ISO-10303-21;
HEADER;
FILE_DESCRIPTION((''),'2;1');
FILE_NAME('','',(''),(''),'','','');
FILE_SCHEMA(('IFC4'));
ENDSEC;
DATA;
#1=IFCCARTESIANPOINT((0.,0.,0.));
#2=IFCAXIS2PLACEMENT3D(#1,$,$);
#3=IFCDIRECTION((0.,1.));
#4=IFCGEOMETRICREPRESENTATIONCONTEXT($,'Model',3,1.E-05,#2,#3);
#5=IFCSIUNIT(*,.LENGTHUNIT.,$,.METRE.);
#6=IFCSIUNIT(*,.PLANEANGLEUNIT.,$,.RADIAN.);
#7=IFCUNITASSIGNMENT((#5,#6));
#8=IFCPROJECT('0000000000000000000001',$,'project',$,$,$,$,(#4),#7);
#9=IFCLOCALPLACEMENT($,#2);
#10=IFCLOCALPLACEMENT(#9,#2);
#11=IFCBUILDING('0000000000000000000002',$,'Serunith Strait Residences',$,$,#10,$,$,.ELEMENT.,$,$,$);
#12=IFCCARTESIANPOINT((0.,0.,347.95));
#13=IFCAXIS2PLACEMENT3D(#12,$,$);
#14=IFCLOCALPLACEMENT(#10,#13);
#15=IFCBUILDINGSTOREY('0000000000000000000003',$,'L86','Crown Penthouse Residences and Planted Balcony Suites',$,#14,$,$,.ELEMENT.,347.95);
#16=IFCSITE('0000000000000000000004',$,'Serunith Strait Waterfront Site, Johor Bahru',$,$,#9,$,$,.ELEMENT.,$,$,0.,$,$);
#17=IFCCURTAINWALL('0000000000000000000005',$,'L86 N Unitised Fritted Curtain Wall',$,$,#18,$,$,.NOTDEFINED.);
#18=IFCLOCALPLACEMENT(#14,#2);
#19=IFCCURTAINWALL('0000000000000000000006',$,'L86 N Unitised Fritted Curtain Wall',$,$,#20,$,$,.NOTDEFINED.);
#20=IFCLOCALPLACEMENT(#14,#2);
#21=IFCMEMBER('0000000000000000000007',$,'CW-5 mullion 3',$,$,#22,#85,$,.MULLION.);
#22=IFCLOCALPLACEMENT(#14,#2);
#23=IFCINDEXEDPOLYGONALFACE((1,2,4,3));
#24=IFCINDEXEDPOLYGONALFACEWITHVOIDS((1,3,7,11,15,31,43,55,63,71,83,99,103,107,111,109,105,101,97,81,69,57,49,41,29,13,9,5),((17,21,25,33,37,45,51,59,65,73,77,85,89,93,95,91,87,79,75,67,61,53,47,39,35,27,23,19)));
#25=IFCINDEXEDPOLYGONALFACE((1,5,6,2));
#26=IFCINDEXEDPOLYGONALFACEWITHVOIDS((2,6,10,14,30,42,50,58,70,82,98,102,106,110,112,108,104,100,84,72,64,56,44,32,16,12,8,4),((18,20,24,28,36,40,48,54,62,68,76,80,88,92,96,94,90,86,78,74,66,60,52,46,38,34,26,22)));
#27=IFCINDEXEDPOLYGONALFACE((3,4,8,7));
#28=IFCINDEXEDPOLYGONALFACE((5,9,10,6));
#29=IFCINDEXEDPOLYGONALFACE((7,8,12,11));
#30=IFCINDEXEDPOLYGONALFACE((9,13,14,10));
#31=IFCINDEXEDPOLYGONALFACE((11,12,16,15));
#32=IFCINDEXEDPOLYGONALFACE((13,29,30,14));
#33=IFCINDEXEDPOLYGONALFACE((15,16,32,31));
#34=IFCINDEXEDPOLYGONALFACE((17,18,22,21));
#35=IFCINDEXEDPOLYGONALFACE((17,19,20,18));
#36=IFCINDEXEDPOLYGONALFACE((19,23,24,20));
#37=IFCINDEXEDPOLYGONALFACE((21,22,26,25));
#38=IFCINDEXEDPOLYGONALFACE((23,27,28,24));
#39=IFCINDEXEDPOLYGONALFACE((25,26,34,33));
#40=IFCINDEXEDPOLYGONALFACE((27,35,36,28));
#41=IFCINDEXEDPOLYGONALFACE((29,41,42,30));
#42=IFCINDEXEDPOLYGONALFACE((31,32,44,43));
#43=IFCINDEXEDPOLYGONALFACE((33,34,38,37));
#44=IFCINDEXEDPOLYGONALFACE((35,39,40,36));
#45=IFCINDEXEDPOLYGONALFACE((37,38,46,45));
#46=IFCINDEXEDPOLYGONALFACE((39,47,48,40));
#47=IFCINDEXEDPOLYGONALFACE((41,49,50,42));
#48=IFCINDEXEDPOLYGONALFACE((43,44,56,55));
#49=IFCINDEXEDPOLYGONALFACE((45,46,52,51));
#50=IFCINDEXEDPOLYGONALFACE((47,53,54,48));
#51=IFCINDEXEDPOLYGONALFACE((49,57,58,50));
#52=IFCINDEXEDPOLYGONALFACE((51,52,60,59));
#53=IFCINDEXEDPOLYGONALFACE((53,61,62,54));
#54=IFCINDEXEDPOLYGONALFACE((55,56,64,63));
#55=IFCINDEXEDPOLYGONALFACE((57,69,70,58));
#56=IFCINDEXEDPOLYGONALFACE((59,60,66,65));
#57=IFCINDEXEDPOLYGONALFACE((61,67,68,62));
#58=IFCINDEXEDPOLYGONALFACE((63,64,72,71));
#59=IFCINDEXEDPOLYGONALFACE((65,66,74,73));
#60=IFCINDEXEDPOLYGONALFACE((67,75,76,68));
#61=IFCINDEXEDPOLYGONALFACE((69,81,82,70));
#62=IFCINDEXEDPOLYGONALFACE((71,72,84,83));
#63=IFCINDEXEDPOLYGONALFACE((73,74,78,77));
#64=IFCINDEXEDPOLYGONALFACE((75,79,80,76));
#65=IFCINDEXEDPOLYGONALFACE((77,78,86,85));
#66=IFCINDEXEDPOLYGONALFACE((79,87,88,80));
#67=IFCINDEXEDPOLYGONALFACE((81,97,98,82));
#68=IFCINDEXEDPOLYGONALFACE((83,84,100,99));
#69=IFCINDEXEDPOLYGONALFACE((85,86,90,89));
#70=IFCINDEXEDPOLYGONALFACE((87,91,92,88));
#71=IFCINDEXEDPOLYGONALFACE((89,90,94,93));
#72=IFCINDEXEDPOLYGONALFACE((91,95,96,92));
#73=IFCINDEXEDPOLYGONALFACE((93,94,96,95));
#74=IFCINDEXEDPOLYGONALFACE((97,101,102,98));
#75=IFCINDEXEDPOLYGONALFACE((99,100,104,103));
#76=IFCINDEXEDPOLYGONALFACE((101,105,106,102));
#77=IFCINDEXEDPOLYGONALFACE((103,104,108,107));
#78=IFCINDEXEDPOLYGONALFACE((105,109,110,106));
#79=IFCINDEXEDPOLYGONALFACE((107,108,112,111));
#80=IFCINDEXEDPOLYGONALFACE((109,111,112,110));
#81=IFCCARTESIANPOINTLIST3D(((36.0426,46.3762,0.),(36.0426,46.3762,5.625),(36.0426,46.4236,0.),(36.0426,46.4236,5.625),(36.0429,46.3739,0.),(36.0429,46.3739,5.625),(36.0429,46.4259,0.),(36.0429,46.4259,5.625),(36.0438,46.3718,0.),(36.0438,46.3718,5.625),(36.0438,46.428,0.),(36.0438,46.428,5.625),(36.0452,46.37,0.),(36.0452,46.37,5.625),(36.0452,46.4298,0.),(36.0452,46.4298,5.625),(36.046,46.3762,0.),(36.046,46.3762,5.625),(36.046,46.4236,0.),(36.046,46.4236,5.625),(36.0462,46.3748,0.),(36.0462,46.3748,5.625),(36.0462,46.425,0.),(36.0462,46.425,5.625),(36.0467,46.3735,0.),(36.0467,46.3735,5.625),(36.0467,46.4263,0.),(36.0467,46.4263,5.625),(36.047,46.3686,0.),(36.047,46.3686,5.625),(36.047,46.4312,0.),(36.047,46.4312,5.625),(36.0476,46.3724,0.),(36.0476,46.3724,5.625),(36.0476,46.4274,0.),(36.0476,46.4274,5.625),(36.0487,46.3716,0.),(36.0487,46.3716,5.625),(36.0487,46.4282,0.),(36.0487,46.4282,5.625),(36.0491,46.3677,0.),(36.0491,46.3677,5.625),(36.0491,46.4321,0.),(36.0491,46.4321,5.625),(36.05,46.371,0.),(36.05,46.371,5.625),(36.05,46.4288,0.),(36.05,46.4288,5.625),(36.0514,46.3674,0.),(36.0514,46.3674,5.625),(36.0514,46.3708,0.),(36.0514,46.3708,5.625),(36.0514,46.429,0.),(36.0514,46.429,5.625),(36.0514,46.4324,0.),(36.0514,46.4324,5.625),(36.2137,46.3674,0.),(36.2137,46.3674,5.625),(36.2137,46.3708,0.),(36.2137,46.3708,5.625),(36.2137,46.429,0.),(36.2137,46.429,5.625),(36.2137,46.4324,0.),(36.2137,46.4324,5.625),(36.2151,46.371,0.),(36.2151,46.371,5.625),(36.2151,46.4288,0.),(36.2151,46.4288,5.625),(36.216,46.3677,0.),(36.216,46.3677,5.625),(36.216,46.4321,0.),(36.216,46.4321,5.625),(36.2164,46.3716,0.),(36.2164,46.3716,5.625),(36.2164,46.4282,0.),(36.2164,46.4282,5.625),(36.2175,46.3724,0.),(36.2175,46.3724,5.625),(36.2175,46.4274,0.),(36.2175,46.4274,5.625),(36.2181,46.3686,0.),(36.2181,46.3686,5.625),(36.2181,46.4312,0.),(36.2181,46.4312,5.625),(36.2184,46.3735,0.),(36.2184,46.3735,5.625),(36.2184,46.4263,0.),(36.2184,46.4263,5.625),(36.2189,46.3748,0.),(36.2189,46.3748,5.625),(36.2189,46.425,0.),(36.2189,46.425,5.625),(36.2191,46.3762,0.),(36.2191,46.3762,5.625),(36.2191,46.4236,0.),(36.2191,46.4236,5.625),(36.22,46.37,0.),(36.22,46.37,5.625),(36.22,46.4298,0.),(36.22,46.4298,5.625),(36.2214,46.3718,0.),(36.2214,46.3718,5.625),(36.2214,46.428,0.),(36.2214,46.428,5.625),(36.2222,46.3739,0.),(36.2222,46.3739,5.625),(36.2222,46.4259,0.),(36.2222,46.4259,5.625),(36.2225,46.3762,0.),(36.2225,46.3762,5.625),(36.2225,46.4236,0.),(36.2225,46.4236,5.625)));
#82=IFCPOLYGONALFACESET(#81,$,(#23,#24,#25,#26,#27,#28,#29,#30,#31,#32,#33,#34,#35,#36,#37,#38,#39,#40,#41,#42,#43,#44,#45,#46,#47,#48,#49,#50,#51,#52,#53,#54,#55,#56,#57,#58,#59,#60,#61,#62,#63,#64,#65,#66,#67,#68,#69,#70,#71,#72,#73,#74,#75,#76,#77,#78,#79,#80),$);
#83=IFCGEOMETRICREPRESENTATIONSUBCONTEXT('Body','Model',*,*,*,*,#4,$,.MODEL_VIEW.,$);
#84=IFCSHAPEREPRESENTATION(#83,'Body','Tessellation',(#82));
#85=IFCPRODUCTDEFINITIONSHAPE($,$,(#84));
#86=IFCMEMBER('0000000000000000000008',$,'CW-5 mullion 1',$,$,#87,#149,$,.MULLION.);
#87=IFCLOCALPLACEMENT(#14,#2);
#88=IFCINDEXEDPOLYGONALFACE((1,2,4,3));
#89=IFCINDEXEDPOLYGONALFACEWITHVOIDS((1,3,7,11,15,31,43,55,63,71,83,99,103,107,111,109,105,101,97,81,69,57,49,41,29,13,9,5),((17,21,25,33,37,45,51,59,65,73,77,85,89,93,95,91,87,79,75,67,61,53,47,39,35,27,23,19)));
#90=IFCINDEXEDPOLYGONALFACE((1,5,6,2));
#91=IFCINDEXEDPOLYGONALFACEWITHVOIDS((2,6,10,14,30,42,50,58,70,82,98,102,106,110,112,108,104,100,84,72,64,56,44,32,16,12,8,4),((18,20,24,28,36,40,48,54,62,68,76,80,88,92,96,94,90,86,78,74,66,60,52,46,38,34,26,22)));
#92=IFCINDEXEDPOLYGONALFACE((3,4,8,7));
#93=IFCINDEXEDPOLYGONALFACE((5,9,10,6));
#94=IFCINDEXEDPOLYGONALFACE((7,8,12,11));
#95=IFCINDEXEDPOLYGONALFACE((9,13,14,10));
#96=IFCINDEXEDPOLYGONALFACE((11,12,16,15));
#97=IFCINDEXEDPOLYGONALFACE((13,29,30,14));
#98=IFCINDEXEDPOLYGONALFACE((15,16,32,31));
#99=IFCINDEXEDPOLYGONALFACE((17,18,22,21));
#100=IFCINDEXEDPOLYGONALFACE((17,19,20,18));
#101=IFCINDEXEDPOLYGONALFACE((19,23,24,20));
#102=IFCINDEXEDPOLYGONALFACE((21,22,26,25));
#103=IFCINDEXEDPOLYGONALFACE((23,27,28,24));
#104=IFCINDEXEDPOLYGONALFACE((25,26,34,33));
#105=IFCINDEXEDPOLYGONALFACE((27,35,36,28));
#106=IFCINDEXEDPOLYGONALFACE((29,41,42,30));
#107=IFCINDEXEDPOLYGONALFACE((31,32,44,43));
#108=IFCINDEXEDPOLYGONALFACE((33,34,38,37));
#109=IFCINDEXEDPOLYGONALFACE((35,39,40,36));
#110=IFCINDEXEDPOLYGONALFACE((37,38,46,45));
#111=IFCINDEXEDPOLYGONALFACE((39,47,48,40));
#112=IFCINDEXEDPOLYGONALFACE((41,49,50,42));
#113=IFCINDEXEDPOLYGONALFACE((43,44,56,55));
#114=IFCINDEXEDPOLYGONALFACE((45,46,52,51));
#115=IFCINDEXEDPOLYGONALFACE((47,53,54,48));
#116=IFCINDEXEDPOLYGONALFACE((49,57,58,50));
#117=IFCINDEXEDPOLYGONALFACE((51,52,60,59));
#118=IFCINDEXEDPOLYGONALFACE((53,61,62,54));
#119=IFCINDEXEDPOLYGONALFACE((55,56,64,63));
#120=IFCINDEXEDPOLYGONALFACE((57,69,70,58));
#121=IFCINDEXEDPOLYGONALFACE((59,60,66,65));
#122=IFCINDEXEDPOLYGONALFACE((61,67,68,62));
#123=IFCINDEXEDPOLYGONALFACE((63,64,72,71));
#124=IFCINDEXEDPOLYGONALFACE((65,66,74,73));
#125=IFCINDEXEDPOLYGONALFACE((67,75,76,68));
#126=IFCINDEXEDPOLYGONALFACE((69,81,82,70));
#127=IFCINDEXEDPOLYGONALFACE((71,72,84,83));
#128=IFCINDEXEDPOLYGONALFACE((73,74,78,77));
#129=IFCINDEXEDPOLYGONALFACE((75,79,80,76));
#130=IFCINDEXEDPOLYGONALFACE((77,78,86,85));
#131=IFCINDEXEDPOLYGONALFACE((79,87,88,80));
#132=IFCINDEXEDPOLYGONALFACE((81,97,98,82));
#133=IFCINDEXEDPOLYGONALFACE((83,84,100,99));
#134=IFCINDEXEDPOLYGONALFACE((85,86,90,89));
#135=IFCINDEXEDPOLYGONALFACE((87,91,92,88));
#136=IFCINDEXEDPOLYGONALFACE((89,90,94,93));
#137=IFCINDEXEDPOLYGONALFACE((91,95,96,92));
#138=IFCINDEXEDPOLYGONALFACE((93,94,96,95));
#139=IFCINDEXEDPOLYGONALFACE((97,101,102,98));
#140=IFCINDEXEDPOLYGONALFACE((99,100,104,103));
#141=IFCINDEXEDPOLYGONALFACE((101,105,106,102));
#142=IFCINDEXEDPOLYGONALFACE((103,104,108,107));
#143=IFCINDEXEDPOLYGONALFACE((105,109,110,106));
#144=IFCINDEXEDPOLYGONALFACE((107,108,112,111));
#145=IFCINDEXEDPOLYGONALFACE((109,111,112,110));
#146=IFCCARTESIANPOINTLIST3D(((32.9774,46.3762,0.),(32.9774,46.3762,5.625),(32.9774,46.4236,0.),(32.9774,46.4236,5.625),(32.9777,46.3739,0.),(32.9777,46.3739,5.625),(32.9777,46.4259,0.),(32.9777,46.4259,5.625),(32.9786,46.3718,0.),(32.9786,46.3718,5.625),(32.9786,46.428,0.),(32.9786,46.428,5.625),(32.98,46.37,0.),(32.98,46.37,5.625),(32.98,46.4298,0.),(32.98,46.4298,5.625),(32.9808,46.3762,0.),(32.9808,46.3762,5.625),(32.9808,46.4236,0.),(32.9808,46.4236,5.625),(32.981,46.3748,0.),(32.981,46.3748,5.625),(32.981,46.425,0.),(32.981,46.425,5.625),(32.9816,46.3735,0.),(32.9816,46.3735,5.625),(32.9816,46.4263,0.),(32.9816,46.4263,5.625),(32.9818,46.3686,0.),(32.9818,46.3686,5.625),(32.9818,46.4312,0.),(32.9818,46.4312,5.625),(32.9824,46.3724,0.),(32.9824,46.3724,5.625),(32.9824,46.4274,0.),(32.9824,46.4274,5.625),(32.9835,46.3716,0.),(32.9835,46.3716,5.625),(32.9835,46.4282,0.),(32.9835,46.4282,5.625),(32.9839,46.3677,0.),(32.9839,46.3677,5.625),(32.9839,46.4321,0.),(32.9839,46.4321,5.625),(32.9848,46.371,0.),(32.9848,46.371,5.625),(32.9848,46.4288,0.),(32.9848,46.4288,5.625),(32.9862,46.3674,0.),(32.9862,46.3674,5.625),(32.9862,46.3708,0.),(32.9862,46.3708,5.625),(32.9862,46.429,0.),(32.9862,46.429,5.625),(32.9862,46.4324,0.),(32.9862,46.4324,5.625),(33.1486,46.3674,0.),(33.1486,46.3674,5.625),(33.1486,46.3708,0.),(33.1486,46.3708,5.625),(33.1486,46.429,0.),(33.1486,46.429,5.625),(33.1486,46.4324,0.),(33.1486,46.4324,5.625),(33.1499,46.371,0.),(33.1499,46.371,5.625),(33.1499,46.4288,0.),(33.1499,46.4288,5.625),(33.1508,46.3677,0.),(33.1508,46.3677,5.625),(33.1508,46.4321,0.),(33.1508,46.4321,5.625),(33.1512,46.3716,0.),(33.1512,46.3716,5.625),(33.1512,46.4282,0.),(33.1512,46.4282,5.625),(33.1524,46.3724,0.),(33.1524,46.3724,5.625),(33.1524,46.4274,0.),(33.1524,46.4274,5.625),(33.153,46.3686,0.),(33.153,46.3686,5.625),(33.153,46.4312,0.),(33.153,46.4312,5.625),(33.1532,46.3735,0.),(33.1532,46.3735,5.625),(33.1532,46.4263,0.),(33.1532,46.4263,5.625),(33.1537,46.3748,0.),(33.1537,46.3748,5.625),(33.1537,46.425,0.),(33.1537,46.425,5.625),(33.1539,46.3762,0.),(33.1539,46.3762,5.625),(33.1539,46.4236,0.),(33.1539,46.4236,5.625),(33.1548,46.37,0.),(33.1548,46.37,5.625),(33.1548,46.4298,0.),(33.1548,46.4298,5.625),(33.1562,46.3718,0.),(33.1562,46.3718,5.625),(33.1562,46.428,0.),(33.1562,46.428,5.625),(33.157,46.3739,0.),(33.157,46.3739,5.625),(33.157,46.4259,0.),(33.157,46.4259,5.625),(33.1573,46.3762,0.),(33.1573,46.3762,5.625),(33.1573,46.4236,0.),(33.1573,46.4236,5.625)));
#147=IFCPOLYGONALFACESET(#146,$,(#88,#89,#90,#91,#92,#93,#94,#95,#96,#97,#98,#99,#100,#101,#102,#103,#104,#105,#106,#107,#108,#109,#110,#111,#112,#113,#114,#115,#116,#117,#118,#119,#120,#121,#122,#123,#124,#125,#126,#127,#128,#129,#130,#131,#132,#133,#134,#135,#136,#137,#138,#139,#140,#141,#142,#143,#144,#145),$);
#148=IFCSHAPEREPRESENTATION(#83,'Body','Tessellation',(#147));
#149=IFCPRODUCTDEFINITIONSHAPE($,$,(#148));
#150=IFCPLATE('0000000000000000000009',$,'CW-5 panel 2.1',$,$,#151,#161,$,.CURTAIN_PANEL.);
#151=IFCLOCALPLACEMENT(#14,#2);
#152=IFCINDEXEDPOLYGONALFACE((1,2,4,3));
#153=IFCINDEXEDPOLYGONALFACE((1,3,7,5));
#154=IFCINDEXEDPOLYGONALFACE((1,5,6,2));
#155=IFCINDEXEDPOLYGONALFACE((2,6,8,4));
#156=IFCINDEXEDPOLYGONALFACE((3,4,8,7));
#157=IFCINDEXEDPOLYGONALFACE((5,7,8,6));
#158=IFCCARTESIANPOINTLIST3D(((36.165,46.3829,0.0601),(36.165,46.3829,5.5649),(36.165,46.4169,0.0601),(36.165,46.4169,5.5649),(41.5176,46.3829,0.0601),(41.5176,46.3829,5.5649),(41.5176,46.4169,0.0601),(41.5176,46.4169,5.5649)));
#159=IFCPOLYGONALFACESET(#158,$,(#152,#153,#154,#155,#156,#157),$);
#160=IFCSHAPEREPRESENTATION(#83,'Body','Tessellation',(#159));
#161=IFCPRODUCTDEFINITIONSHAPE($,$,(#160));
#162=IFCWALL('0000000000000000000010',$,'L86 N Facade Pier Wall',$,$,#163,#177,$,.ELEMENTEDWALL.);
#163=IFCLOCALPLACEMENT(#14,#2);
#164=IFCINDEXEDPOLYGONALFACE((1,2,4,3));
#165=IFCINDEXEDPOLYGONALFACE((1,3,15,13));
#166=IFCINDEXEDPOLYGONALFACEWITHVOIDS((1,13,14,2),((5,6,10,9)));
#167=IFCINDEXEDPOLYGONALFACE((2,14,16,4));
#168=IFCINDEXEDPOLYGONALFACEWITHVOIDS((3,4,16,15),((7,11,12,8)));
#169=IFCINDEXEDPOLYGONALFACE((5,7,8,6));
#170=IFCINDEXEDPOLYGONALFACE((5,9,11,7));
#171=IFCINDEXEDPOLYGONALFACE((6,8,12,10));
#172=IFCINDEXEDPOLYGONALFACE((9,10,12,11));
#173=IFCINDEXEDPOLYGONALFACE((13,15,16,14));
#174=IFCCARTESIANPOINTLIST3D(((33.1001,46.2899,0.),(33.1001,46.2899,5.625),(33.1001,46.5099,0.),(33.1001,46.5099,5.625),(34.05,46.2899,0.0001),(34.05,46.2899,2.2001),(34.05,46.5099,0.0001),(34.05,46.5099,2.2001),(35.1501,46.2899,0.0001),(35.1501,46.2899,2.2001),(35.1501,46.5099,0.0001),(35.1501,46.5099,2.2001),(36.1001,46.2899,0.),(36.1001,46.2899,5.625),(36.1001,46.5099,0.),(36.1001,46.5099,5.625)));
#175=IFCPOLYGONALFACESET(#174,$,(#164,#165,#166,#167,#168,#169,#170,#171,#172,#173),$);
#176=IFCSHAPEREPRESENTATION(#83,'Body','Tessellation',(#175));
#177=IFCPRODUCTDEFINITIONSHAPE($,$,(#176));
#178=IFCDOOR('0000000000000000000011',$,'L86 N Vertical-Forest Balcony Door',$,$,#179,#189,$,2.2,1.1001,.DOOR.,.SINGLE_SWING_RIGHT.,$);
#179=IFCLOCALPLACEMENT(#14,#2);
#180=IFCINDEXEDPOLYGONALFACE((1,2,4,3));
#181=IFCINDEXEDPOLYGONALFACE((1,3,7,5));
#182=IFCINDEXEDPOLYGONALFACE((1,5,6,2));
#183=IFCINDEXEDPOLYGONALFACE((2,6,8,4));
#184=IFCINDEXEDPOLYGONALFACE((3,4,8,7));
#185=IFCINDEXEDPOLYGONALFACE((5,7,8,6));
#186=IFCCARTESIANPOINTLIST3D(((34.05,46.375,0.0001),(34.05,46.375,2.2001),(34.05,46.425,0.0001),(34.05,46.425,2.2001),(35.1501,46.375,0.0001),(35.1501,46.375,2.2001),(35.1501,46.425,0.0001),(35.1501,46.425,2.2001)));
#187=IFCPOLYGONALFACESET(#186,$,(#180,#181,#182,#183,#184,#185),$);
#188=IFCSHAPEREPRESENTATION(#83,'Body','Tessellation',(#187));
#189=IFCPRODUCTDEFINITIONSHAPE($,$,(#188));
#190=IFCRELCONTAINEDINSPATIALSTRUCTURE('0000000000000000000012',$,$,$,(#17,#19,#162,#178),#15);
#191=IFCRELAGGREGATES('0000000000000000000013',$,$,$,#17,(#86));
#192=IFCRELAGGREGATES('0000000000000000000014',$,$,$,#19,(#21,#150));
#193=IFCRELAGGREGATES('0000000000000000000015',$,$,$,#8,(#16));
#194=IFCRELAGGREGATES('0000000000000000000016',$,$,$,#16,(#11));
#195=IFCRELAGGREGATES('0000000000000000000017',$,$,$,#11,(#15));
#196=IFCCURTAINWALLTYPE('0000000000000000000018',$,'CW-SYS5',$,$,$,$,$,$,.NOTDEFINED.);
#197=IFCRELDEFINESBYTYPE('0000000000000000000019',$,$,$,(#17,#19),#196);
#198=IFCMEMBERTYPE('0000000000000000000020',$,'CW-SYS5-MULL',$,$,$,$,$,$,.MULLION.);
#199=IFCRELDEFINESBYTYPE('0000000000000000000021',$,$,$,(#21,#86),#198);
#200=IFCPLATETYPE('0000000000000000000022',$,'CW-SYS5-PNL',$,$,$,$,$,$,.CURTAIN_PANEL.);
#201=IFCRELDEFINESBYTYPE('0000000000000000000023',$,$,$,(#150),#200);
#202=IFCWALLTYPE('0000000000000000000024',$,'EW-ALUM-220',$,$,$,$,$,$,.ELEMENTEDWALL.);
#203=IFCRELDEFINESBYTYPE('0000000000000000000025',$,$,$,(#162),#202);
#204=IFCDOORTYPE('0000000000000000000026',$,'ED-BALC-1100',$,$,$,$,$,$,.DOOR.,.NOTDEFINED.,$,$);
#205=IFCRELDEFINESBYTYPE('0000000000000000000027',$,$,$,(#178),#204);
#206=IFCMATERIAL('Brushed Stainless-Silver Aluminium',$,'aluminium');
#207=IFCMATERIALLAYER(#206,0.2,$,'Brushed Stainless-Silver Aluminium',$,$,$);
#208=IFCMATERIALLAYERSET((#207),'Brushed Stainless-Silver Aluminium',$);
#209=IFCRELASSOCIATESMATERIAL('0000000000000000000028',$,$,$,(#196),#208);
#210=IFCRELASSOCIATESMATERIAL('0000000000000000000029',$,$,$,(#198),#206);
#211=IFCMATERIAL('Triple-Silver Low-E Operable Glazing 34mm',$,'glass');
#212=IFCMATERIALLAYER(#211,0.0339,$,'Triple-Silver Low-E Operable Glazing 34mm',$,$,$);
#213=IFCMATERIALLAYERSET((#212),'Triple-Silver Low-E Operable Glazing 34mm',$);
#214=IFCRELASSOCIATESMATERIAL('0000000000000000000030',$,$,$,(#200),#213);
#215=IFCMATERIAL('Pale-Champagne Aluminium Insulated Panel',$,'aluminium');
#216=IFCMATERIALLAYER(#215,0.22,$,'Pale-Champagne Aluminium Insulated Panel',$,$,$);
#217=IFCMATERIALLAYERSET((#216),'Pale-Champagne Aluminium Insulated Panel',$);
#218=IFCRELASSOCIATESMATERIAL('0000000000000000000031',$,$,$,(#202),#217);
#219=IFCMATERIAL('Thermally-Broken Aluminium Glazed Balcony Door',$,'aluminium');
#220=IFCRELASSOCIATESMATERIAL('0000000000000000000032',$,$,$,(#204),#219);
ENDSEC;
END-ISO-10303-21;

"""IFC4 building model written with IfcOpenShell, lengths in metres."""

from ifc_helpers import new_model, si_unit, direction, frame, frame_2d, origin, origin_2d, place, context, subcontext, project, spatial, rectangle, hollow_rectangle, extrude, source, transform, mapped, material, layer, layer_set, material_profile, profile_set, type_object, element, fill, aggregate, save


model = new_model("IFC4")

# Units and contexts
model_context = context("Model", 3, precision=1e-05, world=origin(), true_north=direction((0.0, 1.0)))
body_context = subcontext(model_context, "Body", "Model", "MODEL_VIEW")
ifc_project = project(units=[si_unit("LENGTHUNIT", "METRE"), si_unit("PLANEANGLEUNIT", "RADIAN")], contexts=[model_context])

# Site, building, storey
site_placement = place(None, origin())
site = spatial("IfcSite", under=ifc_project, at=site_placement, Name="Serunith Strait Waterfront Site, Johor Bahru", CompositionType="ELEMENT", RefElevation=0.0)
building_placement = place(site_placement, origin())
building = spatial("IfcBuilding", under=site, at=building_placement, Name="Serunith Strait Residences", CompositionType="ELEMENT")
storey_placement = place(building_placement, frame((0.0, 0.0, 347.95)))
storey = spatial("IfcBuildingStorey", under=building, at=storey_placement, Name="L86", Description="Crown Penthouse Residences and Planted Balcony Suites", CompositionType="ELEMENT", Elevation=347.95)

# Curtain wall
ifc_material_1 = material(Name="Brushed Stainless-Silver Aluminium", Category="aluminium")
ifc_layer_1 = layer(ifc_material_1, 0.2, Name="Brushed Stainless-Silver Aluminium")
ifc_layer_set_1 = layer_set([ifc_layer_1], Name="Brushed Stainless-Silver Aluminium")
curtain_wall_type = type_object("IfcCurtainWallType", Name="CW-SYS5", PredefinedType="NOTDEFINED", material=ifc_layer_set_1)
curtain_wall_1_placement = place(storey_placement, origin())
curtain_wall_1 = element("IfcCurtainWall", 1, at=curtain_wall_1_placement, inside=storey, type_object=curtain_wall_type, Name="L86 N Unitised Fritted Curtain Wall", PredefinedType="NOTDEFINED")

# Curtain wall, member
curtain_wall_2_placement = place(storey_placement, origin())
curtain_wall_2 = element("IfcCurtainWall", 2, at=curtain_wall_2_placement, inside=storey, type_object=curtain_wall_type, Name="L86 N Unitised Fritted Curtain Wall", PredefinedType="NOTDEFINED")
ifc_material_profile_1 = material_profile(ifc_material_1, hollow_rectangle(XDim=0.0649, YDim=0.1799, WallThickness=0.0034, InnerFilletRadius=0.0054, OuterFilletRadius=0.0088, at=origin_2d()), Name="ALU 180x65x3.5")
ifc_profile_set_1 = profile_set([ifc_material_profile_1], Name="Brushed Stainless-Silver Aluminium")
member_type_1 = type_object("IfcMemberType", Name="CW-SYS5-MULL", PredefinedType="MULLION", material=ifc_profile_set_1)
shared_shape_1 = source(origin(), body_context, "Body", "SweptSolid", [
    extrude(hollow_rectangle(XDim=0.0649, YDim=0.1799, WallThickness=0.0034, InnerFilletRadius=0.0054, OuterFilletRadius=0.0088, at=origin_2d()), origin(), (0.0, 0.0, 1.0), 5.625),
])
member_1_placement = place(storey_placement, frame((36.1326, 46.3999, 0.0), z_axis=(0.0, 0.0, 1.0), x_axis=(0.0, -1.0, 0.0)))
member_1 = element("IfcMember", 3, at=member_1_placement, type_object=member_type_1, Name="CW-5 mullion 3", PredefinedType="MULLION", context=body_context, shape_type="MappedRepresentation", body=[
    mapped(shared_shape_1, transform((0.0, 0.0, 0.0), scale=1.0)),
])

# Member
member_2_placement = place(storey_placement, frame((33.0674, 46.3999, 0.0), z_axis=(0.0, 0.0, 1.0), x_axis=(0.0, -1.0, 0.0)))
member_2 = element("IfcMember", 4, at=member_2_placement, type_object=member_type_1, Name="CW-5 mullion 1", PredefinedType="MULLION", context=body_context, shape_type="MappedRepresentation", body=[
    mapped(shared_shape_1, transform((0.0, 0.0, 0.0), scale=1.0)),
])
aggregate(curtain_wall_1, [member_2])

# Plate
ifc_material_2 = material(Name="Triple-Silver Low-E Operable Glazing 34mm", Category="glass")
ifc_layer_2 = layer(ifc_material_2, 0.0339, Name="Triple-Silver Low-E Operable Glazing 34mm")
ifc_layer_set_2 = layer_set([ifc_layer_2], Name="Triple-Silver Low-E Operable Glazing 34mm")
plate_type = type_object("IfcPlateType", Name="CW-SYS5-PNL", PredefinedType="CURTAIN_PANEL", material=ifc_layer_set_2)
shared_shape_2 = source(origin(), body_context, "Body", "SweptSolid", [
    extrude(rectangle(XDim=5.3525, YDim=0.0339, at=origin_2d()), origin(), (0.0, 0.0, 1.0), 5.5049),
])
plate_placement = place(storey_placement, frame((38.8413, 46.3999, 0.0601), z_axis=(0.0, 0.0, 1.0), x_axis=(-1.0, 0.0, 0.0)))
plate = element("IfcPlate", 5, at=plate_placement, type_object=plate_type, Name="CW-5 panel 2.1", PredefinedType="CURTAIN_PANEL", context=body_context, shape_type="MappedRepresentation", body=[
    mapped(shared_shape_2, transform((0.0, 0.0, 0.0), scale=1.0)),
])
aggregate(curtain_wall_2, [member_1, plate])

# Wall, opening, door
ifc_material_3 = material(Name="Pale-Champagne Aluminium Insulated Panel", Category="aluminium")
ifc_layer_3 = layer(ifc_material_3, 0.22, Name="Pale-Champagne Aluminium Insulated Panel")
ifc_layer_set_3 = layer_set([ifc_layer_3], Name="Pale-Champagne Aluminium Insulated Panel")
wall_type_1 = type_object("IfcWallType", Name="EW-ALUM-220", PredefinedType="ELEMENTEDWALL", material=ifc_layer_set_3)
wall_1_placement = place(storey_placement, frame((36.1001, 46.3999, 0.0), z_axis=(0.0, 0.0, 1.0), x_axis=(-1.0, 0.0, 0.0)))
wall_1 = element("IfcWall", 6, at=wall_1_placement, inside=storey, type_object=wall_type_1, Name="L86 N Facade Pier Wall", PredefinedType="ELEMENTEDWALL", context=body_context, shape_type="SweptSolid", body=[
    extrude(rectangle(XDim=3.0, YDim=0.22, at=frame_2d((1.5, 0.0))), origin(), (0.0, 0.0, 1.0), 5.625),
])
opening_1_placement = place(wall_1_placement, frame((0.95, 0.0, 0.0)))
opening_1 = element("IfcOpeningElement", 7, at=opening_1_placement, cuts=wall_1, PredefinedType="OPENING", context=body_context, shape_type="SweptSolid", body=[
    extrude(rectangle(XDim=1.1001, YDim=2.2, at=frame_2d((0.55, 1.1001))), frame((0.0, 0.1201, 0.0), z_axis=(0.0, -1.0, 0.0), x_axis=(1.0, 0.0, 0.0)), (0.0, 0.0, 1.0), 0.24),
])
ifc_material_4 = material(Name="Thermally-Broken Aluminium Glazed Balcony Door", Category="aluminium")
door_type_1 = type_object("IfcDoorType", Name="ED-BALC-1100", OperationType="NOTDEFINED", PredefinedType="DOOR", material=ifc_material_4)
shared_shape_3 = source(origin(), body_context, "Body", "SweptSolid", [
    extrude(rectangle(XDim=1.1001, YDim=2.2, at=frame_2d((0.55, 1.1001))), frame((0.0, 0.0249, 0.0), z_axis=(0.0, -1.0, 0.0), x_axis=(1.0, 0.0, 0.0)), (0.0, 0.0, 1.0), 0.05),
])
door_1_placement = place(opening_1_placement, origin())
door_1 = element("IfcDoor", 8, at=door_1_placement, inside=storey, type_object=door_type_1, Name="L86 N Vertical-Forest Balcony Door", OperationType="SINGLE_SWING_RIGHT", OverallHeight=2.2, OverallWidth=1.1001, PredefinedType="DOOR", context=body_context, shape_type="MappedRepresentation", body=[
    mapped(shared_shape_3, transform((0.0, 0.0, 0.0), scale=1.0)),
])
fill(opening_1, door_1)

save(model, "model.ifc")
